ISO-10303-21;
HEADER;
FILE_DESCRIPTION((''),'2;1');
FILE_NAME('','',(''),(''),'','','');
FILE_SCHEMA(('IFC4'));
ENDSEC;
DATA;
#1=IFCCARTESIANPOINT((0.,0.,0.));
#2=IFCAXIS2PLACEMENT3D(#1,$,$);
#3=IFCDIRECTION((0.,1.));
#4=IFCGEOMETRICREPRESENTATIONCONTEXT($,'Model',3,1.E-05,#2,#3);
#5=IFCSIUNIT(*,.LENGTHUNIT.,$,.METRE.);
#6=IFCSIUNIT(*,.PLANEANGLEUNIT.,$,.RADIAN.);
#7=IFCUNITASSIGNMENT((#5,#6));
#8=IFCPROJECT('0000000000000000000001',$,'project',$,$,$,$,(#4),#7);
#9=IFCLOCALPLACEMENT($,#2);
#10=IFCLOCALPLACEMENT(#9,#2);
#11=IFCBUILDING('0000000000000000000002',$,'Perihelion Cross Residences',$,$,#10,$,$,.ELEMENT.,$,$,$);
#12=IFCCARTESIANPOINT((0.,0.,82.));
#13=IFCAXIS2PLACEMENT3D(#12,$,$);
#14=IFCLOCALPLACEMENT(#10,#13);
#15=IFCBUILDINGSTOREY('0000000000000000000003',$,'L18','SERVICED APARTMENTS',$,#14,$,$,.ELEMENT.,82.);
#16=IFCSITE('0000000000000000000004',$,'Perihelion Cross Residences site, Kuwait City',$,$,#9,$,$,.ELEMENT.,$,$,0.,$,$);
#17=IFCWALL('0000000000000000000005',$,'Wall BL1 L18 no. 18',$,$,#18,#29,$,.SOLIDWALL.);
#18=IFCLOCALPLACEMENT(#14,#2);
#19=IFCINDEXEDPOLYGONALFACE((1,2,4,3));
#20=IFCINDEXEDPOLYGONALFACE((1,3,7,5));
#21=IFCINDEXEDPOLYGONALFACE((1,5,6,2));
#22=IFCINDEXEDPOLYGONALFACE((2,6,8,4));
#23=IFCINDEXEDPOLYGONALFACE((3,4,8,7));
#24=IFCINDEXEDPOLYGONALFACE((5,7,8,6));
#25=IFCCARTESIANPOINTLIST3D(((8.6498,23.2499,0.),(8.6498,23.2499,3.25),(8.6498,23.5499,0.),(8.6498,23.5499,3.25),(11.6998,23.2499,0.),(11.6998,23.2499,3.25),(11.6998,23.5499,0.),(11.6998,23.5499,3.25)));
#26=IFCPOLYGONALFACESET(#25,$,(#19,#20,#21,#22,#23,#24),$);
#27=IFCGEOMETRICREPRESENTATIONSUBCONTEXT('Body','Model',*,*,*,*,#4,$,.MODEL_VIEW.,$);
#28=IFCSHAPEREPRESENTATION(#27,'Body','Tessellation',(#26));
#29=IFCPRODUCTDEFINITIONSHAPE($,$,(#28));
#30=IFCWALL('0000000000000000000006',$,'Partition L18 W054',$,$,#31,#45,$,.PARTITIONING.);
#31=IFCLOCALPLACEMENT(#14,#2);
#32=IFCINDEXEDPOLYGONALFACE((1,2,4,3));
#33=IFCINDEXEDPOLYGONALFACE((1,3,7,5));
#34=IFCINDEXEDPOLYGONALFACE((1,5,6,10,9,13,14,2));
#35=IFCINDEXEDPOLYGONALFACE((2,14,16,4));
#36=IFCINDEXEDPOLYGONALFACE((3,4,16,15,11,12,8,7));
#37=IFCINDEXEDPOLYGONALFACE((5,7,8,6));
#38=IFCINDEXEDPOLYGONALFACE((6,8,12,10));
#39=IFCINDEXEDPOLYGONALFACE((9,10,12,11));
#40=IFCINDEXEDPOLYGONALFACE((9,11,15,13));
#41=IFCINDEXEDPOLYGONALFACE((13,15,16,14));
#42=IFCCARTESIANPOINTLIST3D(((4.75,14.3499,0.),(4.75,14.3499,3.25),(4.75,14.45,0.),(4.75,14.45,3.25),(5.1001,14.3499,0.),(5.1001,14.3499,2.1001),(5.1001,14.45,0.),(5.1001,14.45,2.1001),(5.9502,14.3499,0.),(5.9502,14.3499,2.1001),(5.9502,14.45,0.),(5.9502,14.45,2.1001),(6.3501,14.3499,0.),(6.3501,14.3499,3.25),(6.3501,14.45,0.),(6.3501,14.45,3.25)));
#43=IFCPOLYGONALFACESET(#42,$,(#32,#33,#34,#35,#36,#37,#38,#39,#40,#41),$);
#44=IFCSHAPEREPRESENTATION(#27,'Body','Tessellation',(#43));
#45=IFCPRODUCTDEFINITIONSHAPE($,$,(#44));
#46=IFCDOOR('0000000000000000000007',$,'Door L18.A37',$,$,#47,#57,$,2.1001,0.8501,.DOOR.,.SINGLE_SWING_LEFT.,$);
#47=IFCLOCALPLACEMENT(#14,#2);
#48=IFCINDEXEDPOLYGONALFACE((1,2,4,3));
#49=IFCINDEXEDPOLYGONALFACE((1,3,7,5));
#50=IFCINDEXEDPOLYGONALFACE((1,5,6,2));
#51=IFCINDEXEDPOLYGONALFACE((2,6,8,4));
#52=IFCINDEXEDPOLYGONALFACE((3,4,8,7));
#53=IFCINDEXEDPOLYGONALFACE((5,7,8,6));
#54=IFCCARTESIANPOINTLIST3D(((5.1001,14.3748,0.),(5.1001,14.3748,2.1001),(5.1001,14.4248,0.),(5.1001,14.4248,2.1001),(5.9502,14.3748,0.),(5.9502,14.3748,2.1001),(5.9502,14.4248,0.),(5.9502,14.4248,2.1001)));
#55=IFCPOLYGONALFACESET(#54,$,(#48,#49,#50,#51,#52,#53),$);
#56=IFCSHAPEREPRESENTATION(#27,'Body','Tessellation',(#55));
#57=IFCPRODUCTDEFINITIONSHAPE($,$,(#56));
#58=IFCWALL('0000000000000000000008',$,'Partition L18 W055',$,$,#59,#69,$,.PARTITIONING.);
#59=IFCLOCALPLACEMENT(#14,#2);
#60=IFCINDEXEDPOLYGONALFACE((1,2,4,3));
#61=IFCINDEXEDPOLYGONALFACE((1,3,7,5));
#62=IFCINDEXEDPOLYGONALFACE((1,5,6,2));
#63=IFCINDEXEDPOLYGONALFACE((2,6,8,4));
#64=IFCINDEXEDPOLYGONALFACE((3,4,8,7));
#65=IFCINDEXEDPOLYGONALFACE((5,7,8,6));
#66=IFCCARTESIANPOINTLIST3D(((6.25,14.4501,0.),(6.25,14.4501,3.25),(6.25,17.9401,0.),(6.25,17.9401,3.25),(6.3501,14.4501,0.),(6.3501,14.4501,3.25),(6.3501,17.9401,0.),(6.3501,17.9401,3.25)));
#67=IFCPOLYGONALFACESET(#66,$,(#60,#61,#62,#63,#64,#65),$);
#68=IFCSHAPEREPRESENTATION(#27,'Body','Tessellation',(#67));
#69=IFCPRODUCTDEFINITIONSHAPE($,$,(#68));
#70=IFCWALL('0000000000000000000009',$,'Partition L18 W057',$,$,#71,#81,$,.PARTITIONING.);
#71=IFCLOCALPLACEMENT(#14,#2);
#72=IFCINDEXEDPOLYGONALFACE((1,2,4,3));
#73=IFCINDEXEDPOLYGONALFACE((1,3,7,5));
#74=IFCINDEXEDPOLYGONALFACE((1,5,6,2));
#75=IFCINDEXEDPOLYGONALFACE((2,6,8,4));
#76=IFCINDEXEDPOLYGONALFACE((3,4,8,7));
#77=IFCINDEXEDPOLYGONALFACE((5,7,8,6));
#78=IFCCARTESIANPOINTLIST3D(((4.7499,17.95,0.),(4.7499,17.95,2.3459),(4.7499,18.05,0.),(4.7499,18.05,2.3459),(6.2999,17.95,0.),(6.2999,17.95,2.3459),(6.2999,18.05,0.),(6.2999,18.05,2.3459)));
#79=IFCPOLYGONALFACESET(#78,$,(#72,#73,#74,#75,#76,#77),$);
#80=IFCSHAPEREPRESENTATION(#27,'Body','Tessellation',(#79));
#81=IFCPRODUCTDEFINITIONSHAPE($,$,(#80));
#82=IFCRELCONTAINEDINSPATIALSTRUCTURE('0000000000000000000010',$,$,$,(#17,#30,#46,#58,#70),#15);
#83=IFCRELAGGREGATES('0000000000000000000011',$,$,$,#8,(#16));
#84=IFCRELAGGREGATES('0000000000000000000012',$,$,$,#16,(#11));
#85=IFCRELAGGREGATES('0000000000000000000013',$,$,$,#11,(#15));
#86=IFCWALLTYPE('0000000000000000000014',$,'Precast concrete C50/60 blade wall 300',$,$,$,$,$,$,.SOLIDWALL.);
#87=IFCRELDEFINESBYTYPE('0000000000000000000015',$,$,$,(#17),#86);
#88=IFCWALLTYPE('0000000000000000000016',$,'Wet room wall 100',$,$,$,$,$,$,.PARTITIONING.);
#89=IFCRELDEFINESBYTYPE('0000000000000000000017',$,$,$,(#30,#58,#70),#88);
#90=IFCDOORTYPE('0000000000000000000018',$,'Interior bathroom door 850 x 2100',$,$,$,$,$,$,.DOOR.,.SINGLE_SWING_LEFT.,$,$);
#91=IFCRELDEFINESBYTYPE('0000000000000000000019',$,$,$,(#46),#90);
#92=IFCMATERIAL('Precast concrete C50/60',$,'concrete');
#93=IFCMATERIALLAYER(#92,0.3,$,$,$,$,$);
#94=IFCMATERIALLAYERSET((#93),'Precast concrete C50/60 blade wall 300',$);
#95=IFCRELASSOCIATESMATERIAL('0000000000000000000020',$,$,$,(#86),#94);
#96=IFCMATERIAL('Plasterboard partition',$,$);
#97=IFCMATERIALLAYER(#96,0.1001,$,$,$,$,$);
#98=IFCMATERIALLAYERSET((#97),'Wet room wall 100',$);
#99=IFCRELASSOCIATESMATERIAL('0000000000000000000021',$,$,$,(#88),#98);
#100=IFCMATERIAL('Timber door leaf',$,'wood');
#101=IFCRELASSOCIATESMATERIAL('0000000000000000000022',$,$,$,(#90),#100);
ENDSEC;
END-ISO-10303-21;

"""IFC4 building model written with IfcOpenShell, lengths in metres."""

from ifc_helpers import new_model, si_unit, direction, frame, frame_2d, origin, place, context, subcontext, project, spatial, rectangle, extrude, material, layer, layer_set, type_object, element, fill, save


model = new_model("IFC4")

# Units and contexts
model_context = context("Model", 3, precision=1e-05, world=origin(), true_north=direction((0.0, 1.0)))
body_context = subcontext(model_context, "Body", "Model", "MODEL_VIEW")
ifc_project = project(units=[si_unit("LENGTHUNIT", "METRE"), si_unit("PLANEANGLEUNIT", "RADIAN")], contexts=[model_context])

# Site, building, storey
site_placement = place(None, origin())
site = spatial("IfcSite", under=ifc_project, at=site_placement, Name="Perihelion Cross Residences site, Kuwait City", CompositionType="ELEMENT", RefElevation=0.0)
building_placement = place(site_placement, origin())
building = spatial("IfcBuilding", under=site, at=building_placement, Name="Perihelion Cross Residences", CompositionType="ELEMENT")
storey_placement = place(building_placement, frame((0.0, 0.0, 82.0)))
storey = spatial("IfcBuildingStorey", under=building, at=storey_placement, Name="L18", Description="SERVICED APARTMENTS", CompositionType="ELEMENT", Elevation=82.0)

# Wall
ifc_material_1 = material(Name="Precast concrete C50/60", Category="concrete")
ifc_layer_1 = layer(ifc_material_1, 0.3)
ifc_layer_set_1 = layer_set([ifc_layer_1], Name="Precast concrete C50/60 blade wall 300")
wall_type_1 = type_object("IfcWallType", Name="Precast concrete C50/60 blade wall 300", PredefinedType="SOLIDWALL", material=ifc_layer_set_1)
wall_1_placement = place(storey_placement, frame((8.6499, 23.3999, 0.0), z_axis=(0.0, 0.0, 1.0), x_axis=(1.0, 0.0, 0.0)))
element("IfcWall", 1, at=wall_1_placement, inside=storey, type_object=wall_type_1, Name="Wall BL1 L18 no. 18", PredefinedType="SOLIDWALL", context=body_context, shape_type="SweptSolid", body=[
    extrude(rectangle(XDim=3.05, YDim=0.3, at=frame_2d((1.5249, 0.0))), origin(), (0.0, 0.0, 1.0), 3.25),
])

# Wall, opening, door
ifc_material_2 = material(Name="Plasterboard partition")
ifc_layer_2 = layer(ifc_material_2, 0.1001)
ifc_layer_set_2 = layer_set([ifc_layer_2], Name="Wet room wall 100")
wall_type_2 = type_object("IfcWallType", Name="Wet room wall 100", PredefinedType="PARTITIONING", material=ifc_layer_set_2)
wall_2_placement = place(storey_placement, frame((4.75, 14.3999, 0.0), z_axis=(0.0, 0.0, 1.0), x_axis=(1.0, 0.0, 0.0)))
wall_2 = element("IfcWall", 2, at=wall_2_placement, inside=storey, type_object=wall_type_2, Name="Partition L18 W054", PredefinedType="PARTITIONING", context=body_context, shape_type="SweptSolid", body=[
    extrude(rectangle(XDim=1.6001, YDim=0.1001, at=frame_2d((0.8, 0.0))), origin(), (0.0, 0.0, 1.0), 3.25),
])
opening_1_placement = place(wall_2_placement, frame((0.3501, 0.0, 0.0)))
opening_1 = element("IfcOpeningElement", 3, at=opening_1_placement, cuts=wall_2, PredefinedType="OPENING", context=body_context, shape_type="SweptSolid", body=[
    extrude(rectangle(XDim=0.8501, YDim=2.1001, at=frame_2d((0.425, 1.05))), frame((0.0, 0.0601, 0.0), z_axis=(0.0, -1.0, 0.0), x_axis=(1.0, 0.0, 0.0)), (0.0, 0.0, 1.0), 0.1201),
])
ifc_material_3 = material(Name="Timber door leaf", Category="wood")
door_type_1 = type_object("IfcDoorType", Name="Interior bathroom door 850 x 2100", OperationType="SINGLE_SWING_LEFT", PredefinedType="DOOR", material=ifc_material_3)
door_1_placement = place(opening_1_placement, origin())
door_1 = element("IfcDoor", 4, at=door_1_placement, inside=storey, type_object=door_type_1, Name="Door L18.A37", OperationType="SINGLE_SWING_LEFT", OverallHeight=2.1001, OverallWidth=0.8501, PredefinedType="DOOR", context=body_context, shape_type="SweptSolid", body=[
    extrude(rectangle(XDim=0.8501, YDim=2.1001, at=frame_2d((0.425, 1.05))), frame((0.0, 0.0249, 0.0), z_axis=(0.0, -1.0, 0.0), x_axis=(1.0, 0.0, 0.0)), (0.0, 0.0, 1.0), 0.05),
])
fill(opening_1, door_1)

# Walls
wall_3_placement = place(storey_placement, frame((6.3, 14.45, 0.0), z_axis=(0.0, 0.0, 1.0), x_axis=(0.0, 1.0, 0.0)))
element("IfcWall", 5, at=wall_3_placement, inside=storey, type_object=wall_type_2, Name="Partition L18 W055", PredefinedType="PARTITIONING", context=body_context, shape_type="SweptSolid", body=[
    extrude(rectangle(XDim=3.49, YDim=0.1001, at=frame_2d((1.7451, 0.0))), origin(), (0.0, 0.0, 1.0), 3.25),
])
wall_4_placement = place(storey_placement, frame((4.75, 18.0, 0.0), z_axis=(0.0, 0.0, 1.0), x_axis=(1.0, 0.0, 0.0)))
element("IfcWall", 6, at=wall_4_placement, inside=storey, type_object=wall_type_2, Name="Partition L18 W057", PredefinedType="PARTITIONING", context=body_context, shape_type="SweptSolid", body=[
    extrude(rectangle(XDim=1.55, YDim=0.1001, at=frame_2d((0.7749, 0.0))), origin(), (0.0, 0.0, 1.0), 2.3459),
])

save(model, "model.ifc")
